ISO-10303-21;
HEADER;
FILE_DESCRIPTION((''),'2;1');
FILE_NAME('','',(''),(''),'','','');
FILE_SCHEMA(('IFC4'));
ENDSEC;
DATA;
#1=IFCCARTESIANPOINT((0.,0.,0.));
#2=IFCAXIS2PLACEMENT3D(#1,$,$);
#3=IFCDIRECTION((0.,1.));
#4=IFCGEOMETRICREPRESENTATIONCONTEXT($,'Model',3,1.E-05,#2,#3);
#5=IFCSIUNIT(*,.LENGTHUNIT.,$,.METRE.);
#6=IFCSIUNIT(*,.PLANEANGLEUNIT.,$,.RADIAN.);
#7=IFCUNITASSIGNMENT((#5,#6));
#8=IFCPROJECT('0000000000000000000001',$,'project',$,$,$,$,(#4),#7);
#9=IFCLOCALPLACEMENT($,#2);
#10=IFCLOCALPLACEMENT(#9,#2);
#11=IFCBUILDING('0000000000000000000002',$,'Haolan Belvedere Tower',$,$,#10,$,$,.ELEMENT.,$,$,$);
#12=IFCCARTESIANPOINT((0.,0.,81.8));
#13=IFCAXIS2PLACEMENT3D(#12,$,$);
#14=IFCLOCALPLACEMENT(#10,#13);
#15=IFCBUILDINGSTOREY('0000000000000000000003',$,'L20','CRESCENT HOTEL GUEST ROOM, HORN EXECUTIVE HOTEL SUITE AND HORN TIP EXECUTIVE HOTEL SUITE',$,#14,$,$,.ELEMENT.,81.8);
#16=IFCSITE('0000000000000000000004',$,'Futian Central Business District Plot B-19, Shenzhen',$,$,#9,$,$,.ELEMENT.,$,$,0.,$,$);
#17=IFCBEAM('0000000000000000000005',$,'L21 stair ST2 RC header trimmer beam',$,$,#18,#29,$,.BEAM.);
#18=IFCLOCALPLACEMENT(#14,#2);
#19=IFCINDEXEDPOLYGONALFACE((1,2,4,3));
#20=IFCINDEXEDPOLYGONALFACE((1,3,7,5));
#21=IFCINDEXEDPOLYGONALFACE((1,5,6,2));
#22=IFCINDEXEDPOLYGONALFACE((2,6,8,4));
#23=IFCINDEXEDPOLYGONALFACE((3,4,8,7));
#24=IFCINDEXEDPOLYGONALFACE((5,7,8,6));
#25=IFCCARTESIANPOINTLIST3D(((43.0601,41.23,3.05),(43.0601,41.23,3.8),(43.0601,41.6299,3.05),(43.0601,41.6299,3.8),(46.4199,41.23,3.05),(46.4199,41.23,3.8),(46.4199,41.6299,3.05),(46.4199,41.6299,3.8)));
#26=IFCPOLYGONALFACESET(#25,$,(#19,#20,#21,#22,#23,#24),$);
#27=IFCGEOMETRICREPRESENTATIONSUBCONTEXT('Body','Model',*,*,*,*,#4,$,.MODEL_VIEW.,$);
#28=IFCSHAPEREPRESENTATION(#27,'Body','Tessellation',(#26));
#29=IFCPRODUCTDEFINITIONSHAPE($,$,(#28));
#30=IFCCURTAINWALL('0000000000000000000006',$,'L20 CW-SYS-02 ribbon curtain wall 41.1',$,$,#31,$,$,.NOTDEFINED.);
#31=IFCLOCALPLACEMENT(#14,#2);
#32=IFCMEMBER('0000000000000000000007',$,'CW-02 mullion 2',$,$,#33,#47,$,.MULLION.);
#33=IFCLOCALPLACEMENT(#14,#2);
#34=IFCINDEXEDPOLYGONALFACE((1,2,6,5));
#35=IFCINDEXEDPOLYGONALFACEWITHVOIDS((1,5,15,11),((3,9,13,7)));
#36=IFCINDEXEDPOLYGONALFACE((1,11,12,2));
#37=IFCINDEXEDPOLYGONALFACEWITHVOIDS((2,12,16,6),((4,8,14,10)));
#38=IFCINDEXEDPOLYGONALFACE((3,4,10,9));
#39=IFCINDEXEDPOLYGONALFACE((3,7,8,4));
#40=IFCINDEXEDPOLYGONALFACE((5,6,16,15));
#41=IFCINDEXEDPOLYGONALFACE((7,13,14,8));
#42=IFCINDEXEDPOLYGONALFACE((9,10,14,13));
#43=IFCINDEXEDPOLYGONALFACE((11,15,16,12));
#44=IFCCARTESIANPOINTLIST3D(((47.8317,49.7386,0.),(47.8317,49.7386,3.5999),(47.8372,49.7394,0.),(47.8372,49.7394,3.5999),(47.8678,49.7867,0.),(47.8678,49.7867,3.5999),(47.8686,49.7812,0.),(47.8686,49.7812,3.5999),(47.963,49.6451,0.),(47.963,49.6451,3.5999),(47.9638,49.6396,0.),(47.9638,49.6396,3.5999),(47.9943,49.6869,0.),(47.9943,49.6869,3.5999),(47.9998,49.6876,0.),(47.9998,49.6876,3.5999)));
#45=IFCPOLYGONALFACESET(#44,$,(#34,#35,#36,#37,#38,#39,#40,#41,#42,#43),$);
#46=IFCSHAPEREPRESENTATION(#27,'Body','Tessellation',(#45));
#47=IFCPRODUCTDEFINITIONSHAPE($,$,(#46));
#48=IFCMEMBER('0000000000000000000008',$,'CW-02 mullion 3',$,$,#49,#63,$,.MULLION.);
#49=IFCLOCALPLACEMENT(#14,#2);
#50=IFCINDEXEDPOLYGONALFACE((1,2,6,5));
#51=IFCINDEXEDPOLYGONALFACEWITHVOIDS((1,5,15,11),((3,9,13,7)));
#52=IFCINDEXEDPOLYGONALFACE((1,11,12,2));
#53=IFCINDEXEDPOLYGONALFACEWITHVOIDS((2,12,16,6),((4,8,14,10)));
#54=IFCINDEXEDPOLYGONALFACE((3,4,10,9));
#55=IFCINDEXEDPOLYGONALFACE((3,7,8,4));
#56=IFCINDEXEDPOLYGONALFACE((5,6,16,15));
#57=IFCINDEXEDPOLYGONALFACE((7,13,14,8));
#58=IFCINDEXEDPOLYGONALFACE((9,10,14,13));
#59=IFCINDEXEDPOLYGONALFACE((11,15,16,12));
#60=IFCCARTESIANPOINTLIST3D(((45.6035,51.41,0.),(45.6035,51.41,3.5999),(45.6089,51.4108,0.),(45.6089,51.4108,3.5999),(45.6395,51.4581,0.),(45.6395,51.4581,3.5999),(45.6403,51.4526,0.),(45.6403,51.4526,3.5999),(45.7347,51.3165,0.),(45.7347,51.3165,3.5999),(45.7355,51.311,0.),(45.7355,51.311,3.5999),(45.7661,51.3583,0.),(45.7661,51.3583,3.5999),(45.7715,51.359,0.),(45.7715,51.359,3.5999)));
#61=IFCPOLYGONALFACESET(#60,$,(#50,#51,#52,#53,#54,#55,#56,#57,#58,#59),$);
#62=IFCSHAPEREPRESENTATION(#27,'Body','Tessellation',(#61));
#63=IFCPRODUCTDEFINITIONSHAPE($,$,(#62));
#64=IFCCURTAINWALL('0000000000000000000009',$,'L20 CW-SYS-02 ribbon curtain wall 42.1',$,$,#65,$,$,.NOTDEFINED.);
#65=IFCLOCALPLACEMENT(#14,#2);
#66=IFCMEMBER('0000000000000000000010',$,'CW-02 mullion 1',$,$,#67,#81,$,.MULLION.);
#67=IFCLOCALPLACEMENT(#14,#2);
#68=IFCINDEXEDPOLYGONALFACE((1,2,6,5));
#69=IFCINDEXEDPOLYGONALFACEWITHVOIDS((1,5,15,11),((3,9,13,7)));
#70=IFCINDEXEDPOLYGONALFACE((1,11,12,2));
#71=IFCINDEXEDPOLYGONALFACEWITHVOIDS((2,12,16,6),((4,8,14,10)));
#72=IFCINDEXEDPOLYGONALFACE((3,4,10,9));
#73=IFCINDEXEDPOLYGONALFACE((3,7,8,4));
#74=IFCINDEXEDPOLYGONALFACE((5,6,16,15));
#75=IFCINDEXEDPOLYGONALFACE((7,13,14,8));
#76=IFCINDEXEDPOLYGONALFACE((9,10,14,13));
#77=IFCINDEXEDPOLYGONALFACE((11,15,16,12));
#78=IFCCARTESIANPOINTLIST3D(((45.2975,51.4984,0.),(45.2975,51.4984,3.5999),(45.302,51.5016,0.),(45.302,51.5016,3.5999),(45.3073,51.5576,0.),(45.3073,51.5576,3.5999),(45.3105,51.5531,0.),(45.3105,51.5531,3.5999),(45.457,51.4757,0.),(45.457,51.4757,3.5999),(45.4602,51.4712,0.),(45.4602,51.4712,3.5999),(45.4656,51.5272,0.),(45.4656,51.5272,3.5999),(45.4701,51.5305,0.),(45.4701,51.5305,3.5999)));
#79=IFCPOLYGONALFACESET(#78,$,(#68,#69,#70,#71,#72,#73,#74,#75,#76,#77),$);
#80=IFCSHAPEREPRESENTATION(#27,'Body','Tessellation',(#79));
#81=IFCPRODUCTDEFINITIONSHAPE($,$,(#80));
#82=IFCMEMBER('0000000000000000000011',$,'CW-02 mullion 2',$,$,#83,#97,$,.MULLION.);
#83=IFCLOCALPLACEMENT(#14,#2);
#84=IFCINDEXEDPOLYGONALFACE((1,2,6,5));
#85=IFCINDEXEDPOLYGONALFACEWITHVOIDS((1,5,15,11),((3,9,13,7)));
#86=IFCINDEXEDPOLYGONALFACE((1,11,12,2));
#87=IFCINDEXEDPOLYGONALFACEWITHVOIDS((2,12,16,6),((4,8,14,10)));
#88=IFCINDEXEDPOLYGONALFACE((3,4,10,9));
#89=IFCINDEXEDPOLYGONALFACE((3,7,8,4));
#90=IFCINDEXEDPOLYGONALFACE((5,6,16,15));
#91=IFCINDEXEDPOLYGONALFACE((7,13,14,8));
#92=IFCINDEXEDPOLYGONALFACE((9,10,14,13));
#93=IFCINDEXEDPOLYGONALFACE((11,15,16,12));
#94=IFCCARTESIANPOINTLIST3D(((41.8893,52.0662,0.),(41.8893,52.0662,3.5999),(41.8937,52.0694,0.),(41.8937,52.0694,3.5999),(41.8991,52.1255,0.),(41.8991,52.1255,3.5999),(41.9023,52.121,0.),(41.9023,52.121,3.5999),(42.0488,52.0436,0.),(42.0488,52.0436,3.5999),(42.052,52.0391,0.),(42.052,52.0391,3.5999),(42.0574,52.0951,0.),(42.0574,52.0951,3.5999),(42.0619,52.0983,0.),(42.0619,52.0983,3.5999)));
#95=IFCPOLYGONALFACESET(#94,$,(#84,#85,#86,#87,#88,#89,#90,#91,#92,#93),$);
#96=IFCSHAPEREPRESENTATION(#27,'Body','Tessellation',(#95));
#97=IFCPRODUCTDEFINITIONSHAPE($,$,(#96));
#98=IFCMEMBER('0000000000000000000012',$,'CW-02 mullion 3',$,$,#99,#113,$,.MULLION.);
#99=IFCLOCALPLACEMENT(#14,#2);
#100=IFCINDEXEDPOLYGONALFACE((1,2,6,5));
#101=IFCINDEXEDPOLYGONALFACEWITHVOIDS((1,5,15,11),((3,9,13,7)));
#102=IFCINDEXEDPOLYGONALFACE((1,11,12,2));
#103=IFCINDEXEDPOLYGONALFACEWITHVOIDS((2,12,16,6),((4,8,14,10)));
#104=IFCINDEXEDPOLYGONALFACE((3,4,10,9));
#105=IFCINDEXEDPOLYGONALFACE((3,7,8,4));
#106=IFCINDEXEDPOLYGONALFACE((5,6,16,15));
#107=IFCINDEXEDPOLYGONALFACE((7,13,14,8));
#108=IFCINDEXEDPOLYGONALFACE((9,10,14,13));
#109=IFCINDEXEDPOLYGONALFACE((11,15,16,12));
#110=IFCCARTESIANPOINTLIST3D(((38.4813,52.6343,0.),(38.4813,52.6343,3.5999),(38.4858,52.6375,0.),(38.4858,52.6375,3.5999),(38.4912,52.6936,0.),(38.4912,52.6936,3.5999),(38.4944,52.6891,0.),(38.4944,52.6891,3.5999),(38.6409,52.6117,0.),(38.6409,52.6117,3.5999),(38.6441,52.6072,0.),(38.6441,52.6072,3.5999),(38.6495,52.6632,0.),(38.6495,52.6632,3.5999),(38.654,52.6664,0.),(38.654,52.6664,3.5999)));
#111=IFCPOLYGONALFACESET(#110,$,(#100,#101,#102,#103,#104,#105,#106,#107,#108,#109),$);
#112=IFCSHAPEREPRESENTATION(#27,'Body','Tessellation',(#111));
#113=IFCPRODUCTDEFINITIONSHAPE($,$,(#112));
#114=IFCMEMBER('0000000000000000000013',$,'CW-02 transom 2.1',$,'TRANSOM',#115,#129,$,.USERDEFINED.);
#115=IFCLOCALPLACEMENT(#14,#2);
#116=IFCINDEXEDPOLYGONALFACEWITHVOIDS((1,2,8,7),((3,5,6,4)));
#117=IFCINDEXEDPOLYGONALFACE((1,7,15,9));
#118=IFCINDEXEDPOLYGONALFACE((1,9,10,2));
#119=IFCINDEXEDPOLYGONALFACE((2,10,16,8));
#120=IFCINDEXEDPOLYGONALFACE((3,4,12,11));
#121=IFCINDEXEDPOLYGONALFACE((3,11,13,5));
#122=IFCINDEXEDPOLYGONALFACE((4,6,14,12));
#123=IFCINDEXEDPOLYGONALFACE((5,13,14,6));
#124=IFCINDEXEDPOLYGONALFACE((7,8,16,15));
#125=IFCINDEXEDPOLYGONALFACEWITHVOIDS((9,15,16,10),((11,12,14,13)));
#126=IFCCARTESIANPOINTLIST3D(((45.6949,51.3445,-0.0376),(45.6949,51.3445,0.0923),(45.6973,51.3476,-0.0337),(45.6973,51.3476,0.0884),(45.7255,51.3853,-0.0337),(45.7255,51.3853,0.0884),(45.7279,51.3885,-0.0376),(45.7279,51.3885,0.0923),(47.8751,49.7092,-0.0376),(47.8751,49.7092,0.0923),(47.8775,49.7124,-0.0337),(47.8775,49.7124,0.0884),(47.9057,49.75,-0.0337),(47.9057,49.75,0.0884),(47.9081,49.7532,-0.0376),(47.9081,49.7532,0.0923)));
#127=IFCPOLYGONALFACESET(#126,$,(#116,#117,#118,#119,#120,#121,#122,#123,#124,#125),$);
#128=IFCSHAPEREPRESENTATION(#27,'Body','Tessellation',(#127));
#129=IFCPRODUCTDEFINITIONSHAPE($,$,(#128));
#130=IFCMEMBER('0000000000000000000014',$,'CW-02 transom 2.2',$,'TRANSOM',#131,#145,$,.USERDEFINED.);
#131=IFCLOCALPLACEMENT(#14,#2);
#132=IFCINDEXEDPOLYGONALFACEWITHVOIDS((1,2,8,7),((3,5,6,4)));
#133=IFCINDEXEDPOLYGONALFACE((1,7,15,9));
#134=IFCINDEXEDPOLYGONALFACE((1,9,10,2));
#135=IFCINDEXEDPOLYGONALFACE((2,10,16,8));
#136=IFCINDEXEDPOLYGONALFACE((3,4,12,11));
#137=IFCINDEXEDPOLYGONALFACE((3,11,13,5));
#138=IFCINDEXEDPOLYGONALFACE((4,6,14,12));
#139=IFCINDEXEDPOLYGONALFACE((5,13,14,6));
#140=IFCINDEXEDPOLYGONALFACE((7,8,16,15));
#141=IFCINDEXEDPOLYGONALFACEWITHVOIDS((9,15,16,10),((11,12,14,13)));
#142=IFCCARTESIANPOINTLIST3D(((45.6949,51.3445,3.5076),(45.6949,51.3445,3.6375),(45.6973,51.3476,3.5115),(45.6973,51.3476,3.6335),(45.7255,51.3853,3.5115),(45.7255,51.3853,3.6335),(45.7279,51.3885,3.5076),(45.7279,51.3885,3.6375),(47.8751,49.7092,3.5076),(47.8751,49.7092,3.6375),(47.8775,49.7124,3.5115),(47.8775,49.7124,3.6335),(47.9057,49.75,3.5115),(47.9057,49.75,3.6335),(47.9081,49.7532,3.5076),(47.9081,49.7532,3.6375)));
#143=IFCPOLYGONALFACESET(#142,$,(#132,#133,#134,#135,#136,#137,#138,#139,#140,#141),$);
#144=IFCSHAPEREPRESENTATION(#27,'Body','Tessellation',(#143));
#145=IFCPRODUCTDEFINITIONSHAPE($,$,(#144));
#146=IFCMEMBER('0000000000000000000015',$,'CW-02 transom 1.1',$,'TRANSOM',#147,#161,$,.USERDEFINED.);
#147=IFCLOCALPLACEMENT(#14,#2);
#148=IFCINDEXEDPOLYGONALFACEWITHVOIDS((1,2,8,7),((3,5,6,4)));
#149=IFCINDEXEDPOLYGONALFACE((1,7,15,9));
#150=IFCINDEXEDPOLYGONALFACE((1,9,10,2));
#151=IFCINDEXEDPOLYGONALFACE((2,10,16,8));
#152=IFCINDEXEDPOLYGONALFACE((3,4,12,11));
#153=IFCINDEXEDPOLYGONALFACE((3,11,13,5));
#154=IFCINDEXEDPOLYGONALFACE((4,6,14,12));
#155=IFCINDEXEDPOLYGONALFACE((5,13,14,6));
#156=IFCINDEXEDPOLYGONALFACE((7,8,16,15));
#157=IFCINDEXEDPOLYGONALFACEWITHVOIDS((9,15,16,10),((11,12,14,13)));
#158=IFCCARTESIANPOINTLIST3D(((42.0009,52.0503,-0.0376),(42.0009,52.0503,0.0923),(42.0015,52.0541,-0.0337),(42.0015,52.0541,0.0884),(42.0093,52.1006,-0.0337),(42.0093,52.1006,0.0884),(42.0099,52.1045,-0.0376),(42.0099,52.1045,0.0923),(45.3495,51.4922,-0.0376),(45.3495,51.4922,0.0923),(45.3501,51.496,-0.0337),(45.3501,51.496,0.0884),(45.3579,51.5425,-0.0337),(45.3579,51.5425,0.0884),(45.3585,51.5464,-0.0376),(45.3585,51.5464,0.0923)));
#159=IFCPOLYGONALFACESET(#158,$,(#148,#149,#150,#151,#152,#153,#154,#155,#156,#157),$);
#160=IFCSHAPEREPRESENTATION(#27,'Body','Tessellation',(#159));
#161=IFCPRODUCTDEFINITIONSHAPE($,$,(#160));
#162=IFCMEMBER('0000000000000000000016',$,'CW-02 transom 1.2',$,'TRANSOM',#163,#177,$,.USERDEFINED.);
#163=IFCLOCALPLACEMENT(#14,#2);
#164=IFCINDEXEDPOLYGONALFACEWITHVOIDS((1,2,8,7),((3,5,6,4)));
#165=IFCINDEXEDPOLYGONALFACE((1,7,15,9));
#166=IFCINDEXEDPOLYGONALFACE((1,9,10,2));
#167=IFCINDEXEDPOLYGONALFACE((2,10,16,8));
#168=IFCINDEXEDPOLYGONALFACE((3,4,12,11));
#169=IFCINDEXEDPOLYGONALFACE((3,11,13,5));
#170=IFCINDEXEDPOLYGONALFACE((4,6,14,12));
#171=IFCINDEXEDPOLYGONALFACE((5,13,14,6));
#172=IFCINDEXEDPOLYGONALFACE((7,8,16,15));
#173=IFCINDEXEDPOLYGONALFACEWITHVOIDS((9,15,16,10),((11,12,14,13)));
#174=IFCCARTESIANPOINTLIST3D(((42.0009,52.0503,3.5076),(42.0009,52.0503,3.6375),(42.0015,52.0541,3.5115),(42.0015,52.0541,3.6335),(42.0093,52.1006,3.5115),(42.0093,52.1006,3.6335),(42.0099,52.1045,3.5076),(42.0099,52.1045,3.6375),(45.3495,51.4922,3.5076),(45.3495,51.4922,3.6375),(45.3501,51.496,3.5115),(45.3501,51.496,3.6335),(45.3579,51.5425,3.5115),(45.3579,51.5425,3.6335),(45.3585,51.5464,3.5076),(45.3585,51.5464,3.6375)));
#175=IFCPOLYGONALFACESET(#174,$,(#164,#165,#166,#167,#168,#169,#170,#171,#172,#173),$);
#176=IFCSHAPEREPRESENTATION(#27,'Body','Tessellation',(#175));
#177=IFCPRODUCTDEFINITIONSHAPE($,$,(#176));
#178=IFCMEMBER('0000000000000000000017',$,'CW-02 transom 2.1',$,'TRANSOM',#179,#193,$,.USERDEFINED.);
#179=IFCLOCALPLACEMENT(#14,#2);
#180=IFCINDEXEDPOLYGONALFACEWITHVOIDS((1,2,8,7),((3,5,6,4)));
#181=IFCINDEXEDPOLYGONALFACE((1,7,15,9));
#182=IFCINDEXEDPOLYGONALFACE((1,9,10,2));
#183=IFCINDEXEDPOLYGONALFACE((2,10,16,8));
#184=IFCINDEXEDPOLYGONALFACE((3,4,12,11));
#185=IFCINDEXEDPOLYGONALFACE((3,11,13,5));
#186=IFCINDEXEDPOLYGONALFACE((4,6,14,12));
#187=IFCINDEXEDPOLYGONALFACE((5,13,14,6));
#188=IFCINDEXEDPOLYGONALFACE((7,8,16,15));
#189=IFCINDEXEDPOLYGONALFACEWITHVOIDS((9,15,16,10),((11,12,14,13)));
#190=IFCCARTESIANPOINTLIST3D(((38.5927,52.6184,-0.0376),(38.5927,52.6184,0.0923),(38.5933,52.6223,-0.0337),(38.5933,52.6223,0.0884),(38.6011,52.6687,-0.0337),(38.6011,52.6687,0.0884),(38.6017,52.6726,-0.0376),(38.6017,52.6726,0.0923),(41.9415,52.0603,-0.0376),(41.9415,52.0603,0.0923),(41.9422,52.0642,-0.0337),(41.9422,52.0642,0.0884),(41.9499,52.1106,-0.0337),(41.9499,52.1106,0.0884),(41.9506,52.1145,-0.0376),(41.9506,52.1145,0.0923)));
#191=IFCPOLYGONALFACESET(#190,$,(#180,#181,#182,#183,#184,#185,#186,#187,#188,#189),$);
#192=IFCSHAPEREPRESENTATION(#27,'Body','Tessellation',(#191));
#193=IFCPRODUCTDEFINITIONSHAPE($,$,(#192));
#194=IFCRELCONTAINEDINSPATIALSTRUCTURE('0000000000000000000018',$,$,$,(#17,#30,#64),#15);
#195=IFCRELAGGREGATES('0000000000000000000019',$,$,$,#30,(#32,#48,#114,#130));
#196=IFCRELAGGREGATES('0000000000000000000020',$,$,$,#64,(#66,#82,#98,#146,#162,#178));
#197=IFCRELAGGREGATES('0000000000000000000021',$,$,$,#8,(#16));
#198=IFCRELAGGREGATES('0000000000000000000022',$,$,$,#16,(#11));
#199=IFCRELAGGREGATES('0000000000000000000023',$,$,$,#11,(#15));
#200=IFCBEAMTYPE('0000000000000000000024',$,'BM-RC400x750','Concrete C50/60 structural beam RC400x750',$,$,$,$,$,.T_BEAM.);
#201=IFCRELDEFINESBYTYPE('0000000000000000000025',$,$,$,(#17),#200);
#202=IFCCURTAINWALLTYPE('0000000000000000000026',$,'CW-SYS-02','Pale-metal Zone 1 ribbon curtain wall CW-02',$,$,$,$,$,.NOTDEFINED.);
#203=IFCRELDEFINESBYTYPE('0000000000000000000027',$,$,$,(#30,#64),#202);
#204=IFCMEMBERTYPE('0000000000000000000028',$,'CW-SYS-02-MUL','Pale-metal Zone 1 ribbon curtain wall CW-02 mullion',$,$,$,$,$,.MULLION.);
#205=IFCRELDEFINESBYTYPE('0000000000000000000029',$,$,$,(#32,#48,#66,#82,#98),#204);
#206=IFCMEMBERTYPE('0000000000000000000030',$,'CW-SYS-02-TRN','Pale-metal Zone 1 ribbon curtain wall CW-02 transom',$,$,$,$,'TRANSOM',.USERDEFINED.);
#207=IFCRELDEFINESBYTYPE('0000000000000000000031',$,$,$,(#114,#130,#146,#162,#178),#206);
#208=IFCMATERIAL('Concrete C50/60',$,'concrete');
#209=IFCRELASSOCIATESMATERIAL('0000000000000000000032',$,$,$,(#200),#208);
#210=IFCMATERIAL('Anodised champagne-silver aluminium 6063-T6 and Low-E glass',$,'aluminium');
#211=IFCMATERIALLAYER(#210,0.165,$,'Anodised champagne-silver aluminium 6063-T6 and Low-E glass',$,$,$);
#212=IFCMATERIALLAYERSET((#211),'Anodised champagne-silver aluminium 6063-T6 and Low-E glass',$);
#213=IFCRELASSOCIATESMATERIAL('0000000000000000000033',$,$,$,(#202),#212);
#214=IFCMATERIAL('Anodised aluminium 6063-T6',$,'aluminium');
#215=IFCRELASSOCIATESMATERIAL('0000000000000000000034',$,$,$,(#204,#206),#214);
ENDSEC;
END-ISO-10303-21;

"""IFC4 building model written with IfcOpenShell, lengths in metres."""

from ifc_helpers import new_model, si_unit, direction, frame, origin, origin_2d, place, context, subcontext, project, spatial, rectangle, hollow_rectangle, extrude, material, layer, layer_set, material_profile, profile_set, type_object, element, aggregate, save


model = new_model("IFC4")

# Units and contexts
model_context = context("Model", 3, precision=1e-05, world=origin(), true_north=direction((0.0, 1.0)))
body_context = subcontext(model_context, "Body", "Model", "MODEL_VIEW")
ifc_project = project(units=[si_unit("LENGTHUNIT", "METRE"), si_unit("PLANEANGLEUNIT", "RADIAN")], contexts=[model_context])

# Site, building, storey
site_placement = place(None, origin())
site = spatial("IfcSite", under=ifc_project, at=site_placement, Name="Futian Central Business District Plot B-19, Shenzhen", CompositionType="ELEMENT", RefElevation=0.0)
building_placement = place(site_placement, origin())
building = spatial("IfcBuilding", under=site, at=building_placement, Name="Haolan Belvedere Tower", CompositionType="ELEMENT")
storey_placement = place(building_placement, frame((0.0, 0.0, 81.8)))
storey = spatial("IfcBuildingStorey", under=building, at=storey_placement, Name="L20", Description="CRESCENT HOTEL GUEST ROOM, HORN EXECUTIVE HOTEL SUITE AND HORN TIP EXECUTIVE HOTEL SUITE", CompositionType="ELEMENT", Elevation=81.8)

# Beam
ifc_material_1 = material(Name="Concrete C50/60", Category="concrete")
ifc_material_profile_1 = material_profile(ifc_material_1, rectangle(XDim=0.3999, YDim=0.75, at=origin_2d()), Name="Concrete C50/60")
ifc_profile_set_1 = profile_set([ifc_material_profile_1], Name="Concrete C50/60")
beam_type_1 = type_object("IfcBeamType", Name="BM-RC400x750", Description="Concrete C50/60 structural beam RC400x750", PredefinedType="T_BEAM", material=ifc_profile_set_1)
beam_1_placement = place(storey_placement, frame((43.0601, 41.4299, 3.425), z_axis=(1.0, 0.0, 0.0), x_axis=(0.0, 1.0, 0.0)))
element("IfcBeam", 1, at=beam_1_placement, inside=storey, type_object=beam_type_1, Name="L21 stair ST2 RC header trimmer beam", PredefinedType="BEAM", context=body_context, shape_type="SweptSolid", body=[
    extrude(rectangle(XDim=0.3999, YDim=0.75, at=origin_2d()), origin(), (0.0, 0.0, 1.0), 3.3599),
])

# Curtain walls, members
ifc_material_2 = material(Name="Anodised champagne-silver aluminium 6063-T6 and Low-E glass", Category="aluminium")
ifc_layer_1 = layer(ifc_material_2, 0.165, Name="Anodised champagne-silver aluminium 6063-T6 and Low-E glass")
ifc_layer_set_1 = layer_set([ifc_layer_1], Name="Anodised champagne-silver aluminium 6063-T6 and Low-E glass")
curtain_wall_type = type_object("IfcCurtainWallType", Name="CW-SYS-02", Description="Pale-metal Zone 1 ribbon curtain wall CW-02", PredefinedType="NOTDEFINED", material=ifc_layer_set_1)
curtain_wall_1_placement = place(storey_placement, origin())
curtain_wall_1 = element("IfcCurtainWall", 2, at=curtain_wall_1_placement, inside=storey, type_object=curtain_wall_type, Name="L20 CW-SYS-02 ribbon curtain wall 41.1", PredefinedType="NOTDEFINED")
ifc_material_3 = material(Name="Anodised aluminium 6063-T6", Category="aluminium")
ifc_material_profile_2 = material_profile(ifc_material_3, hollow_rectangle(XDim=0.0601, YDim=0.165, WallThickness=0.0039, at=origin_2d()), Name="Anodised aluminium 6063-T6")
ifc_profile_set_2 = profile_set([ifc_material_profile_2], Name="Anodised aluminium 6063-T6")
member_type_1 = type_object("IfcMemberType", Name="CW-SYS-02-MUL", Description="Pale-metal Zone 1 ribbon curtain wall CW-02 mullion", PredefinedType="MULLION", material=ifc_profile_set_2)
member_1_placement = place(storey_placement, frame((47.9158, 49.7131, 0.0), z_axis=(0.0, 0.0, 1.0), x_axis=(-0.599994, -0.800004, 0.0)))
member_1 = element("IfcMember", 3, at=member_1_placement, type_object=member_type_1, Name="CW-02 mullion 2", PredefinedType="MULLION", context=body_context, shape_type="SweptSolid", body=[
    extrude(hollow_rectangle(XDim=0.0601, YDim=0.165, WallThickness=0.0039, at=origin_2d()), origin(), (0.0, 0.0, 1.0), 3.5999),
])
member_2_placement = place(storey_placement, frame((45.6875, 51.3845, 0.0), z_axis=(0.0, 0.0, 1.0), x_axis=(-0.599994, -0.800004, 0.0)))
member_2 = element("IfcMember", 4, at=member_2_placement, type_object=member_type_1, Name="CW-02 mullion 3", PredefinedType="MULLION", context=body_context, shape_type="SweptSolid", body=[
    extrude(hollow_rectangle(XDim=0.0601, YDim=0.165, WallThickness=0.0039, at=origin_2d()), origin(), (0.0, 0.0, 1.0), 3.5999),
])
curtain_wall_2_placement = place(storey_placement, origin())
curtain_wall_2 = element("IfcCurtainWall", 5, at=curtain_wall_2_placement, inside=storey, type_object=curtain_wall_type, Name="L20 CW-SYS-02 ribbon curtain wall 42.1", PredefinedType="NOTDEFINED")
member_3_placement = place(storey_placement, frame((45.3838, 51.5144, 0.0), z_axis=(0.0, 0.0, 1.0), x_axis=(-0.164404, -0.986393, 0.0)))
member_3 = element("IfcMember", 6, at=member_3_placement, type_object=member_type_1, Name="CW-02 mullion 1", PredefinedType="MULLION", context=body_context, shape_type="SweptSolid", body=[
    extrude(hollow_rectangle(XDim=0.0601, YDim=0.165, WallThickness=0.0039, at=origin_2d()), origin(), (0.0, 0.0, 1.0), 3.5999),
])
member_4_placement = place(storey_placement, frame((41.9756, 52.0823, 0.0), z_axis=(0.0, 0.0, 1.0), x_axis=(-0.164404, -0.986393, 0.0)))
member_4 = element("IfcMember", 7, at=member_4_placement, type_object=member_type_1, Name="CW-02 mullion 2", PredefinedType="MULLION", context=body_context, shape_type="SweptSolid", body=[
    extrude(hollow_rectangle(XDim=0.0601, YDim=0.165, WallThickness=0.0039, at=origin_2d()), origin(), (0.0, 0.0, 1.0), 3.5999),
])
member_5_placement = place(storey_placement, frame((38.5676, 52.6504, 0.0), z_axis=(0.0, 0.0, 1.0), x_axis=(-0.164404, -0.986393, 0.0)))
member_5 = element("IfcMember", 8, at=member_5_placement, type_object=member_type_1, Name="CW-02 mullion 3", PredefinedType="MULLION", context=body_context, shape_type="SweptSolid", body=[
    extrude(hollow_rectangle(XDim=0.0601, YDim=0.165, WallThickness=0.0039, at=origin_2d()), origin(), (0.0, 0.0, 1.0), 3.5999),
])

# Members
ifc_material_profile_3 = material_profile(ifc_material_3, hollow_rectangle(XDim=0.0549, YDim=0.1299, WallThickness=0.0039, at=origin_2d()), Name="Anodised aluminium 6063-T6")
ifc_profile_set_3 = profile_set([ifc_material_profile_3], Name="Anodised aluminium 6063-T6")
member_type_2 = type_object("IfcMemberType", Name="CW-SYS-02-TRN", Description="Pale-metal Zone 1 ribbon curtain wall CW-02 transom", ElementType="TRANSOM", PredefinedType="USERDEFINED", material=ifc_profile_set_3)
member_6_placement = place(storey_placement, frame((47.8916, 49.7312, 0.0273), z_axis=(-0.799978, 0.600029, 0.0), x_axis=(-0.600029, -0.799978, 0.0)))
member_6 = element("IfcMember", 9, at=member_6_placement, type_object=member_type_2, Name="CW-02 transom 2.1", ObjectType="TRANSOM", PredefinedType="USERDEFINED", context=body_context, shape_type="SweptSolid", body=[
    extrude(hollow_rectangle(XDim=0.0549, YDim=0.1299, WallThickness=0.0039, at=origin_2d()), origin(), (0.0, 0.0, 1.0), 2.7253),
])
member_7_placement = place(storey_placement, frame((47.8916, 49.7312, 3.5725), z_axis=(-0.799978, 0.600029, 0.0), x_axis=(-0.600029, -0.799978, 0.0)))
member_7 = element("IfcMember", 10, at=member_7_placement, type_object=member_type_2, Name="CW-02 transom 2.2", ObjectType="TRANSOM", PredefinedType="USERDEFINED", context=body_context, shape_type="SweptSolid", body=[
    extrude(hollow_rectangle(XDim=0.0549, YDim=0.1299, WallThickness=0.0039, at=origin_2d()), origin(), (0.0, 0.0, 1.0), 2.7253),
])
member_8_placement = place(storey_placement, frame((45.354, 51.5193, 0.0273), z_axis=(-0.986394, 0.164399, 0.0), x_axis=(-0.164399, -0.986394, 0.0)))
member_8 = element("IfcMember", 11, at=member_8_placement, type_object=member_type_2, Name="CW-02 transom 1.1", ObjectType="TRANSOM", PredefinedType="USERDEFINED", context=body_context, shape_type="SweptSolid", body=[
    extrude(hollow_rectangle(XDim=0.0549, YDim=0.1299, WallThickness=0.0039, at=origin_2d()), origin(), (0.0, 0.0, 1.0), 3.3948),
])
member_9_placement = place(storey_placement, frame((45.354, 51.5193, 3.5725), z_axis=(-0.986394, 0.164399, 0.0), x_axis=(-0.164399, -0.986394, 0.0)))
member_9 = element("IfcMember", 12, at=member_9_placement, type_object=member_type_2, Name="CW-02 transom 1.2", ObjectType="TRANSOM", PredefinedType="USERDEFINED", context=body_context, shape_type="SweptSolid", body=[
    extrude(hollow_rectangle(XDim=0.0549, YDim=0.1299, WallThickness=0.0039, at=origin_2d()), origin(), (0.0, 0.0, 1.0), 3.3948),
])
member_10_placement = place(storey_placement, frame((41.946, 52.0874, 0.0273), z_axis=(-0.986396, 0.164387, 0.0), x_axis=(-0.164387, -0.986396, 0.0)))
member_10 = element("IfcMember", 13, at=member_10_placement, type_object=member_type_2, Name="CW-02 transom 2.1", ObjectType="TRANSOM", PredefinedType="USERDEFINED", context=body_context, shape_type="SweptSolid", body=[
    extrude(hollow_rectangle(XDim=0.0549, YDim=0.1299, WallThickness=0.0039, at=origin_2d()), origin(), (0.0, 0.0, 1.0), 3.395),
])

aggregate(curtain_wall_1, [member_1, member_2, member_6, member_7])
aggregate(curtain_wall_2, [member_3, member_4, member_5, member_8, member_9, member_10])

save(model, "model.ifc")
